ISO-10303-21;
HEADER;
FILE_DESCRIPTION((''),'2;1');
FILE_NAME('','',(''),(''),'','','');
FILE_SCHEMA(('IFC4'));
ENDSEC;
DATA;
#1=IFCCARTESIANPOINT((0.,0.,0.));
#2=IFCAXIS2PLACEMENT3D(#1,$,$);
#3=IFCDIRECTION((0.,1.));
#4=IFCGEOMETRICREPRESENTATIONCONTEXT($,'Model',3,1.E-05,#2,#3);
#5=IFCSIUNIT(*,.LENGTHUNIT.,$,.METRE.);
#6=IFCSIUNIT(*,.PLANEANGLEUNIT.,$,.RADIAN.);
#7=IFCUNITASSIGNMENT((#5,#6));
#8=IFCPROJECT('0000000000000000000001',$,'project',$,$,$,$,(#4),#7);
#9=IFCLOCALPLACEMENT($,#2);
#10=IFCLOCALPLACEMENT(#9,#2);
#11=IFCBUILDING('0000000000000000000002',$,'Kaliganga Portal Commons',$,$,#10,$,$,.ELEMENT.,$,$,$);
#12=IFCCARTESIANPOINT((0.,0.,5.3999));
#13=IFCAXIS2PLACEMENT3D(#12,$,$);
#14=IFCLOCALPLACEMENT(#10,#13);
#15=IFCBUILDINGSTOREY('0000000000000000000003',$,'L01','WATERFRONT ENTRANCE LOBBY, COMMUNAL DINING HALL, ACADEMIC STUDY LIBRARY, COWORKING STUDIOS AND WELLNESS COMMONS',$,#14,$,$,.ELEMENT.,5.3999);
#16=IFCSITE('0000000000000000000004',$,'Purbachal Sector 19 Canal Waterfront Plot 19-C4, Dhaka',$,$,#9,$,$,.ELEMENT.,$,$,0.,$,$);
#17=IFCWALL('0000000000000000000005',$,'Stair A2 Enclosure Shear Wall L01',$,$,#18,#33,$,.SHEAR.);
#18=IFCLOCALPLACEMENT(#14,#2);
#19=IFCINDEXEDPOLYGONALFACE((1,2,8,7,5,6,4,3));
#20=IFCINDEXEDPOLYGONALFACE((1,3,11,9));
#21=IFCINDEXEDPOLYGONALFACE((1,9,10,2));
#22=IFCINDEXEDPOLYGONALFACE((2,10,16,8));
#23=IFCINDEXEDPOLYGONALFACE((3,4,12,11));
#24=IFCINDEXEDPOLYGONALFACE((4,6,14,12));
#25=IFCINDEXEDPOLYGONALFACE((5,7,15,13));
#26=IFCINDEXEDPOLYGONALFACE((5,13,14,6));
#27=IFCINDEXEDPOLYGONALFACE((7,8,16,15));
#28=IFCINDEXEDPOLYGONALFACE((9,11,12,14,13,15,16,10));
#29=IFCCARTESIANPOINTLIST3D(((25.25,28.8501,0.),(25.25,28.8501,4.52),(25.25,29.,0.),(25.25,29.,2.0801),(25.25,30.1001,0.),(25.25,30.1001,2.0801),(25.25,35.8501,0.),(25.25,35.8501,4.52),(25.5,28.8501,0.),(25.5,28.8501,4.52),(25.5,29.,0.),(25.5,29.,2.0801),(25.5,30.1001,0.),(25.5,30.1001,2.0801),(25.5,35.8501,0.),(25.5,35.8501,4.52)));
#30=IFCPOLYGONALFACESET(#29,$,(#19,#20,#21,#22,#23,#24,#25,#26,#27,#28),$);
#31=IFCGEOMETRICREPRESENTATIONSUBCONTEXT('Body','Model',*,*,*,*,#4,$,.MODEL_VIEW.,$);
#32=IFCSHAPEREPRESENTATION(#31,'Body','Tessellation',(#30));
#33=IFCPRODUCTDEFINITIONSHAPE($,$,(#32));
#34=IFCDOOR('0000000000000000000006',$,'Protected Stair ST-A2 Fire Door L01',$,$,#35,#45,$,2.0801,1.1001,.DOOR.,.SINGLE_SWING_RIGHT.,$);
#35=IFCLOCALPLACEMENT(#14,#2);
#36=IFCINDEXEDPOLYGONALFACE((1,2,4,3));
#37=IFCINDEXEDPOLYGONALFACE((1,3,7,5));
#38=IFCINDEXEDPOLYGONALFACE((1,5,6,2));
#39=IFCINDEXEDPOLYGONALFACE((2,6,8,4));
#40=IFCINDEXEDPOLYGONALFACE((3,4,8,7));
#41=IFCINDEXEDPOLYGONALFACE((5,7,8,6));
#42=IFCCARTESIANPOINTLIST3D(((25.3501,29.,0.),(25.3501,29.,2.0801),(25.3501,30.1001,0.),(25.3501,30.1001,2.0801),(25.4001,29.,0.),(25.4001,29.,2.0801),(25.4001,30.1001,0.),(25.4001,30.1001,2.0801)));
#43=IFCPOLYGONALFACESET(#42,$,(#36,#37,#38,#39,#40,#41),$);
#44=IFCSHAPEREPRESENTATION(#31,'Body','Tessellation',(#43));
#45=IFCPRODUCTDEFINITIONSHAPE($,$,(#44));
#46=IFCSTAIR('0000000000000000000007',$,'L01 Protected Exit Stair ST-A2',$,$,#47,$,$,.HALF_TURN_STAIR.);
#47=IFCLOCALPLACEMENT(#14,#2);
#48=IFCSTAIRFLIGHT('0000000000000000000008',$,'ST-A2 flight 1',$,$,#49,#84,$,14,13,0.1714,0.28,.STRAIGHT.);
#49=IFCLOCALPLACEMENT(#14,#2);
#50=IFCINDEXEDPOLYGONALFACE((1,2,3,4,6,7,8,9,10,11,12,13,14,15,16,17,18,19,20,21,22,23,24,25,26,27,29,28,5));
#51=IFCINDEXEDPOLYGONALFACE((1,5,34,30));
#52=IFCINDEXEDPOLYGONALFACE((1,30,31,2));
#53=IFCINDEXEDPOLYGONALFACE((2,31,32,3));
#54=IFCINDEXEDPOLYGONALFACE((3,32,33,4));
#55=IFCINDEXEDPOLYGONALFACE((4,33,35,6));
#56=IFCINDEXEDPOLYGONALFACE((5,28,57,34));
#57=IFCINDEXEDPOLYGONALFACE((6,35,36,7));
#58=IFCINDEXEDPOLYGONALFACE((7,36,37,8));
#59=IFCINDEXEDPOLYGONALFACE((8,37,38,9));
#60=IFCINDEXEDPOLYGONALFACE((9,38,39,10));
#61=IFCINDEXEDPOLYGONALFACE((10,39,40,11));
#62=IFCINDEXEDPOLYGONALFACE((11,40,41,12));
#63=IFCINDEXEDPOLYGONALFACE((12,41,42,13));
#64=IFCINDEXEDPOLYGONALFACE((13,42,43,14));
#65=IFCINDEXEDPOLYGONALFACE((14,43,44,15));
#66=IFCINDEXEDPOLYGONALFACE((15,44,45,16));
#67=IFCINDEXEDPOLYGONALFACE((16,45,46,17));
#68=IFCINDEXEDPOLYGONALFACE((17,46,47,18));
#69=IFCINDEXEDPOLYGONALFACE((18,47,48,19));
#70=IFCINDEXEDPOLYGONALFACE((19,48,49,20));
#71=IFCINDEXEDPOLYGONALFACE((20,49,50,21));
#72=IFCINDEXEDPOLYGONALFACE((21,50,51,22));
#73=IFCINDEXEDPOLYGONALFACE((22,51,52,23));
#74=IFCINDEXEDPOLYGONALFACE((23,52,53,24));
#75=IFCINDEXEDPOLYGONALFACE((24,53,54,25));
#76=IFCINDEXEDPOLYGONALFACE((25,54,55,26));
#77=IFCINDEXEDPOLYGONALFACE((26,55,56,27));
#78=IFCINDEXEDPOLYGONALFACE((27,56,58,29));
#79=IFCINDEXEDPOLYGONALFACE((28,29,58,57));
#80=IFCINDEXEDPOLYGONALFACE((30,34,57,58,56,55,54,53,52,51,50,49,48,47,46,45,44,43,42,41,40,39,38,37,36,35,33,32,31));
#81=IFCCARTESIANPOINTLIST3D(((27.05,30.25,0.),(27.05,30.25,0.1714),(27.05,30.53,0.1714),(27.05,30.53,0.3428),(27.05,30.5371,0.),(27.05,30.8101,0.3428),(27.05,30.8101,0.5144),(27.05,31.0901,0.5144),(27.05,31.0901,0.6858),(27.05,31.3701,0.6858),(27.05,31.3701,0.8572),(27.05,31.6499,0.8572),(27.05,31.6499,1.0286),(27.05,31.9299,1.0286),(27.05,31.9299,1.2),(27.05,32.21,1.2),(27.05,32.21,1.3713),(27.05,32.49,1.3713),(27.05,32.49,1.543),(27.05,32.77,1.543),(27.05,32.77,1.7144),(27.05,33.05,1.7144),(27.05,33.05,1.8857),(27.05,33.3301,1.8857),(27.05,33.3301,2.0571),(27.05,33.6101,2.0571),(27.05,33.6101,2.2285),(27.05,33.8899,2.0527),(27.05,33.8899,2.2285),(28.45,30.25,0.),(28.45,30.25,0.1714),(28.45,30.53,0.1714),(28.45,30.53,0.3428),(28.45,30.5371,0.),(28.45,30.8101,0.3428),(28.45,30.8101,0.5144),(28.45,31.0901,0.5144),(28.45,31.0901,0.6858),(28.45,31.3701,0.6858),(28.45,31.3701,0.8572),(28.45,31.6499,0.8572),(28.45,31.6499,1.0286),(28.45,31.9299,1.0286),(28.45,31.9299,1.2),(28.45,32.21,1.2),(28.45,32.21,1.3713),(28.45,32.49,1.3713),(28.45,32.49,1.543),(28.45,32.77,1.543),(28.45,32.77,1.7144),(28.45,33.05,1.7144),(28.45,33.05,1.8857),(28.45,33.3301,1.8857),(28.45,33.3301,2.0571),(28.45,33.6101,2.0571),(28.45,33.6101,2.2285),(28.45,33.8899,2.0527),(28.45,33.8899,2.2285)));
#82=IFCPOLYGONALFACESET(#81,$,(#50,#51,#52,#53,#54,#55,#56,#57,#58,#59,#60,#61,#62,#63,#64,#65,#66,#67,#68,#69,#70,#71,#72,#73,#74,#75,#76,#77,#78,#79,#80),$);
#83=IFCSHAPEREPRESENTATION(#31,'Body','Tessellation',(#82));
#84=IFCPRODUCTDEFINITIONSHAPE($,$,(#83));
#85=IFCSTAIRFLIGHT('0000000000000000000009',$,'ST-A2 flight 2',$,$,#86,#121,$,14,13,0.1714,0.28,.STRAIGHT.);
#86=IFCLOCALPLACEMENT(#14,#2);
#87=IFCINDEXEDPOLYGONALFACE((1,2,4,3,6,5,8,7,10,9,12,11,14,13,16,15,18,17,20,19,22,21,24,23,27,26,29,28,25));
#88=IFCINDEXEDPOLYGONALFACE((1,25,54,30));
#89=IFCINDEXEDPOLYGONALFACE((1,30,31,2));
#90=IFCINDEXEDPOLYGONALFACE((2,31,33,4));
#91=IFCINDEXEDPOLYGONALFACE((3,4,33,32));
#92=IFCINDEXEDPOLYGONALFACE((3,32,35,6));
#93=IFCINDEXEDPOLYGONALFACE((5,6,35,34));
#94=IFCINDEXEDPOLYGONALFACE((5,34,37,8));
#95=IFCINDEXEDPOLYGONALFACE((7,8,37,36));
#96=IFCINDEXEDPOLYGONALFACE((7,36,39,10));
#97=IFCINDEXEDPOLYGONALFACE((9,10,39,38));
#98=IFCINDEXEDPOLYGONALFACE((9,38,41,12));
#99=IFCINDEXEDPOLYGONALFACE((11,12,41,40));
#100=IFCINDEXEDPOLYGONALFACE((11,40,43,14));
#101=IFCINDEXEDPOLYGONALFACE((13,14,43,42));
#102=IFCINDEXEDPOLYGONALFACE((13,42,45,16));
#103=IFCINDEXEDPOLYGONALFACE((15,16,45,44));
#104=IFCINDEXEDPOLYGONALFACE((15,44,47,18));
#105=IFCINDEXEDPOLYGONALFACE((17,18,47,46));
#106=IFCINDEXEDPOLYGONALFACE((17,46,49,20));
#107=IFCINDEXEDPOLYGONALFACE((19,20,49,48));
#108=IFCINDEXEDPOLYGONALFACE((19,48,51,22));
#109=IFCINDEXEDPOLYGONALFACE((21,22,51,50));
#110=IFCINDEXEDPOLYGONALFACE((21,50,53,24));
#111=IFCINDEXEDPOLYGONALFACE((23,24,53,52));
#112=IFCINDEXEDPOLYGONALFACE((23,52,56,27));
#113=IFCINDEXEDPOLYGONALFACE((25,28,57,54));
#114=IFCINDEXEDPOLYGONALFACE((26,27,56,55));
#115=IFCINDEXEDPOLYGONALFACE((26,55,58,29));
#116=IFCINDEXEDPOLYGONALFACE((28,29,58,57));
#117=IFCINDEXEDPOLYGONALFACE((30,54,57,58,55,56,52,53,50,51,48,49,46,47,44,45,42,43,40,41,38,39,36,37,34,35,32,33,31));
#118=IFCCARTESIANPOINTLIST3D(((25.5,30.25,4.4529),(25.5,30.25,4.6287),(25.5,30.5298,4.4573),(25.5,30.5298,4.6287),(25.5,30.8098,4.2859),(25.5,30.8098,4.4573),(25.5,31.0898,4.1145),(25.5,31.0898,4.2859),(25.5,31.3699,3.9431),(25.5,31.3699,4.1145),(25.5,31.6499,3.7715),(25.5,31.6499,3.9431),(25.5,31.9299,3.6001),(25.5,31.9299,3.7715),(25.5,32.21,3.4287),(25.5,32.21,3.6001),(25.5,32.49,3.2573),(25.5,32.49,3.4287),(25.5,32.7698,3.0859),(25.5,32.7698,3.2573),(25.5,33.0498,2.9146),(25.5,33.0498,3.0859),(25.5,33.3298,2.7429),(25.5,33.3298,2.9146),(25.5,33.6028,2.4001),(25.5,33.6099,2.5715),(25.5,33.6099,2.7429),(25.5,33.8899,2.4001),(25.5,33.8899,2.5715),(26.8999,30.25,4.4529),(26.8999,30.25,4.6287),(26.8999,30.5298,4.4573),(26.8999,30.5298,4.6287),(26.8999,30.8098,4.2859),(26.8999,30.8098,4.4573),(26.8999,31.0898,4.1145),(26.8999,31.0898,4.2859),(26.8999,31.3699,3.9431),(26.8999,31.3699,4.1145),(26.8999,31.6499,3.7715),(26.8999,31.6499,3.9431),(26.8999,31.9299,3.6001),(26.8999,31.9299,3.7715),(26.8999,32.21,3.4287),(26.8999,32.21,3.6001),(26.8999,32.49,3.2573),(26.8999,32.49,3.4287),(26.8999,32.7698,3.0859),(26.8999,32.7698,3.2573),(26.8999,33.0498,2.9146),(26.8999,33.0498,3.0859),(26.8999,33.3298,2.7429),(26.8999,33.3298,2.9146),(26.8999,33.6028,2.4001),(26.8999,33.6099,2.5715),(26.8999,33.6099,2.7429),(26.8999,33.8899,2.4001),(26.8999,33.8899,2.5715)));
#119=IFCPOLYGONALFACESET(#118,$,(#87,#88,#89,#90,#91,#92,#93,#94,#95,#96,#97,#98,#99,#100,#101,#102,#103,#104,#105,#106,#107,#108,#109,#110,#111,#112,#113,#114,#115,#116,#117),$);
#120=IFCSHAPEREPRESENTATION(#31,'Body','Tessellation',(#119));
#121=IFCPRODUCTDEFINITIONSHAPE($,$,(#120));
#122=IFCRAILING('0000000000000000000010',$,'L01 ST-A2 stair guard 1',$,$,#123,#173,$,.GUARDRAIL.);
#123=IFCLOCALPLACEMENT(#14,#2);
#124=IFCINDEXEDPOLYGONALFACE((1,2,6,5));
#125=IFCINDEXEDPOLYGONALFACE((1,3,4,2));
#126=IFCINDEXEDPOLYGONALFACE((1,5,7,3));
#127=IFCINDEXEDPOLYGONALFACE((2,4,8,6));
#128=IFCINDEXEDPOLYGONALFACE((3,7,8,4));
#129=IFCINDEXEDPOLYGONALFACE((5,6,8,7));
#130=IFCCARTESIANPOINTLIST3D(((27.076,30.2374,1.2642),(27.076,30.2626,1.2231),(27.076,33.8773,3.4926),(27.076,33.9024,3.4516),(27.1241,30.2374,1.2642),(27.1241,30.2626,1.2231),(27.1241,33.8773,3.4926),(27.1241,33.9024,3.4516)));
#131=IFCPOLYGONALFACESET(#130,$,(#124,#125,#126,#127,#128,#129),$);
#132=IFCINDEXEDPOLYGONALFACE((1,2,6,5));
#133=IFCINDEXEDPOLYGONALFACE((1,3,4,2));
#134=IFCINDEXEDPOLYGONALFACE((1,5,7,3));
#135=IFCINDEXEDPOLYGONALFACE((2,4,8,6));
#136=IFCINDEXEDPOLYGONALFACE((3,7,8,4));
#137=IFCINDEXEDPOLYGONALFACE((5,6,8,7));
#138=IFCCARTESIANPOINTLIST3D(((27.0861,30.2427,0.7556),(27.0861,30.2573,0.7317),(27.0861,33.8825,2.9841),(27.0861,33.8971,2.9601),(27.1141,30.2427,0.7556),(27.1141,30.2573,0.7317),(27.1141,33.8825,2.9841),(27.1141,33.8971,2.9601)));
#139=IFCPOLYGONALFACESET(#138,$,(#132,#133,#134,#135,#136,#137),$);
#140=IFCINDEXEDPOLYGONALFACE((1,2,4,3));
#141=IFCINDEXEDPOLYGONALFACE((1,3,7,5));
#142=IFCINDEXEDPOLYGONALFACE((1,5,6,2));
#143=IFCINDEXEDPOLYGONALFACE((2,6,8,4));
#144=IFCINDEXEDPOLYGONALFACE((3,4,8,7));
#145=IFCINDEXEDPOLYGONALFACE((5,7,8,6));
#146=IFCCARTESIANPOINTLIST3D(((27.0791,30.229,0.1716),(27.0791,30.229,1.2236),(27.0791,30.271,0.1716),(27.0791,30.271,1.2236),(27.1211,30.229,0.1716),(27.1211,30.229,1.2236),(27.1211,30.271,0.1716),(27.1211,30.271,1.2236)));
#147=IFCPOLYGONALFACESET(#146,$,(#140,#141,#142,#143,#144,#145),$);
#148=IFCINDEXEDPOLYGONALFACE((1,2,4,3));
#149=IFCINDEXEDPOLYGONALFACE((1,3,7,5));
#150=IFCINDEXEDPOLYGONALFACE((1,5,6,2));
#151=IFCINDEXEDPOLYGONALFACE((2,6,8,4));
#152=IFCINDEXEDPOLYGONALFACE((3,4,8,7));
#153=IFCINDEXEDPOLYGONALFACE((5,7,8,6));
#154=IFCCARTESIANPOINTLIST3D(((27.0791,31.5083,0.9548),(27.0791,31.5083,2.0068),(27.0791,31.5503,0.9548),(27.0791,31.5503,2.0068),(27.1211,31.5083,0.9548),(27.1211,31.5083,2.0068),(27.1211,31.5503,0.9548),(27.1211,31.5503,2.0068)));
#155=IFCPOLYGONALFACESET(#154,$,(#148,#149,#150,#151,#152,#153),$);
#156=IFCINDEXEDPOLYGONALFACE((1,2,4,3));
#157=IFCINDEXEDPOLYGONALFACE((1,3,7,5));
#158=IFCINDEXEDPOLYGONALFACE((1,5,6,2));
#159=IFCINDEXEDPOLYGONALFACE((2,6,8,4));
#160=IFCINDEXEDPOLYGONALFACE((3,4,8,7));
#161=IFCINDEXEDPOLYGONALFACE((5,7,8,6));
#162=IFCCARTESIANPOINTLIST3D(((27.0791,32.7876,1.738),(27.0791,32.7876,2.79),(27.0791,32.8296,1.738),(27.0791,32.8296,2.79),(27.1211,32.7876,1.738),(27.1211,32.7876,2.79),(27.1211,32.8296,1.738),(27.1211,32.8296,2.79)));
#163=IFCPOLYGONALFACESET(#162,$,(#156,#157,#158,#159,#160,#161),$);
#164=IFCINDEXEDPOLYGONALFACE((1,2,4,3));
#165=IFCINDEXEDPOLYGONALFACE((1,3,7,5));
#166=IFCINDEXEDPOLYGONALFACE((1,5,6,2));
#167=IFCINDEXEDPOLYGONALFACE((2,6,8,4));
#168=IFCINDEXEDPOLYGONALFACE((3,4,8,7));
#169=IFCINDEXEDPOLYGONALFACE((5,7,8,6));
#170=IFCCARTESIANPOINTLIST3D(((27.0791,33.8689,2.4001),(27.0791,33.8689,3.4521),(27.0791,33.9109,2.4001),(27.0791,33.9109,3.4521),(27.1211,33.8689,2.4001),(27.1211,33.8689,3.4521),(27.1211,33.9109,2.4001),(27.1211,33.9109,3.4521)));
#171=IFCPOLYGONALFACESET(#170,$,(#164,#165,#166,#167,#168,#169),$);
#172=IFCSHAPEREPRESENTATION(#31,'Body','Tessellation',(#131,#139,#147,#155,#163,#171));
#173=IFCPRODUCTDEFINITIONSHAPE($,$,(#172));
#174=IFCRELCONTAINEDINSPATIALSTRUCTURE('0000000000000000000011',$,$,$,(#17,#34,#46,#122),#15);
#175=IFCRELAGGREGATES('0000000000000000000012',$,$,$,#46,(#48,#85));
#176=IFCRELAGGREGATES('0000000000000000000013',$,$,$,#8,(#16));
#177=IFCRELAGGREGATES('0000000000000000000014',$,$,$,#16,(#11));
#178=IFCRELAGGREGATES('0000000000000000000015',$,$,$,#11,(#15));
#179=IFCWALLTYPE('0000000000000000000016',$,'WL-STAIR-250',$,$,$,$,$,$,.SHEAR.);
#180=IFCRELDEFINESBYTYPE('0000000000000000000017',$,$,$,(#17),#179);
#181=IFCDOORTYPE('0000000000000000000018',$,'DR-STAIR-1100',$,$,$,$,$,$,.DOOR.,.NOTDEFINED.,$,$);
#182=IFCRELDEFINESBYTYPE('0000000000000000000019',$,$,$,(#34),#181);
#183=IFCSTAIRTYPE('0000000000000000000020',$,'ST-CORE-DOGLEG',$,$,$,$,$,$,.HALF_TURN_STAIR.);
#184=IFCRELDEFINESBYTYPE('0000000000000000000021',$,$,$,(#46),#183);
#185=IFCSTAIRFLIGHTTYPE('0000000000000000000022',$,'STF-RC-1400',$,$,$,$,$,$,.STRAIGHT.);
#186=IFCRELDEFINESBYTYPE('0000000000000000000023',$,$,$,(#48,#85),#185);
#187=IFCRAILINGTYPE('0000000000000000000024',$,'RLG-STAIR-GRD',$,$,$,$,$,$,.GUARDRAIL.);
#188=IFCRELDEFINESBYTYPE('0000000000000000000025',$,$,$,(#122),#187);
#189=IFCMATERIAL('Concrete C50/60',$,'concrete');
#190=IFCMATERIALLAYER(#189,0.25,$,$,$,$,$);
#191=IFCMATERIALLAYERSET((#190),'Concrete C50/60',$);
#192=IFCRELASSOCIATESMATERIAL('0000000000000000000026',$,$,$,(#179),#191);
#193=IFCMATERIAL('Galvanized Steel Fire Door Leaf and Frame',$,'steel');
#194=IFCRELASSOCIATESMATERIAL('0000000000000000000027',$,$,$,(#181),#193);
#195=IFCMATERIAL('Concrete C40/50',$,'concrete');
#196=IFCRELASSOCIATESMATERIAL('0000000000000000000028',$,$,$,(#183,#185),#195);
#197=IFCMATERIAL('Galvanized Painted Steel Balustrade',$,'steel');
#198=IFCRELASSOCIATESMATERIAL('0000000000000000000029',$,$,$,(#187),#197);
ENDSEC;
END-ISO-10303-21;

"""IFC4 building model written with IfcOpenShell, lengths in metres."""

from ifc_helpers import new_model, si_unit, direction, frame, frame_2d, origin, origin_2d, place, context, subcontext, project, spatial, polyline, rectangle, outline, extrude, material, layer, layer_set, type_object, element, fill, aggregate, save


model = new_model("IFC4")

# Units and contexts
model_context = context("Model", 3, precision=1e-05, world=origin(), true_north=direction((0.0, 1.0)))
body_context = subcontext(model_context, "Body", "Model", "MODEL_VIEW")
ifc_project = project(units=[si_unit("LENGTHUNIT", "METRE"), si_unit("PLANEANGLEUNIT", "RADIAN")], contexts=[model_context])

# Site, building, storey
site_placement = place(None, origin())
site = spatial("IfcSite", under=ifc_project, at=site_placement, Name="Purbachal Sector 19 Canal Waterfront Plot 19-C4, Dhaka", CompositionType="ELEMENT", RefElevation=0.0)
building_placement = place(site_placement, origin())
building = spatial("IfcBuilding", under=site, at=building_placement, Name="Kaliganga Portal Commons", CompositionType="ELEMENT")
storey_placement = place(building_placement, frame((0.0, 0.0, 5.3999)))
storey = spatial("IfcBuildingStorey", under=building, at=storey_placement, Name="L01", Description="WATERFRONT ENTRANCE LOBBY, COMMUNAL DINING HALL, ACADEMIC STUDY LIBRARY, COWORKING STUDIOS AND WELLNESS COMMONS", CompositionType="ELEMENT", Elevation=5.3999)

# Wall, opening, door
ifc_material_1 = material(Name="Concrete C50/60", Category="concrete")
ifc_layer_1 = layer(ifc_material_1, 0.25)
ifc_layer_set_1 = layer_set([ifc_layer_1], Name="Concrete C50/60")
wall_type_1 = type_object("IfcWallType", Name="WL-STAIR-250", PredefinedType="SHEAR", material=ifc_layer_set_1)
wall_1_placement = place(storey_placement, frame((25.375, 28.8501, 0.0), z_axis=(0.0, 0.0, 1.0), x_axis=(0.0, 1.0, 0.0)))
wall_1 = element("IfcWall", 1, at=wall_1_placement, inside=storey, type_object=wall_type_1, Name="Stair A2 Enclosure Shear Wall L01", PredefinedType="SHEAR", context=body_context, shape_type="SweptSolid", body=[
    extrude(rectangle(XDim=7.0, YDim=0.25, at=frame_2d((3.5, 0.0))), origin(), (0.0, 0.0, 1.0), 4.52),
])
opening_1_placement = place(wall_1_placement, frame((0.1499, 0.0, 0.0)))
opening_1 = element("IfcOpeningElement", 2, at=opening_1_placement, cuts=wall_1, PredefinedType="OPENING", context=body_context, shape_type="SweptSolid", body=[
    extrude(rectangle(XDim=1.1001, YDim=2.0801, at=frame_2d((0.55, 1.04))), frame((0.0, 0.135, 0.0), z_axis=(0.0, -1.0, 0.0), x_axis=(1.0, 0.0, 0.0)), (0.0, 0.0, 1.0), 0.27),
])
ifc_material_2 = material(Name="Galvanized Steel Fire Door Leaf and Frame", Category="steel")
door_type_1 = type_object("IfcDoorType", Name="DR-STAIR-1100", OperationType="NOTDEFINED", PredefinedType="DOOR", material=ifc_material_2)
door_1_placement = place(opening_1_placement, origin())
door_1 = element("IfcDoor", 3, at=door_1_placement, inside=storey, type_object=door_type_1, Name="Protected Stair ST-A2 Fire Door L01", OperationType="SINGLE_SWING_RIGHT", OverallHeight=2.0801, OverallWidth=1.1001, PredefinedType="DOOR", context=body_context, shape_type="SweptSolid", body=[
    extrude(rectangle(XDim=1.1001, YDim=2.0801, at=frame_2d((0.55, 1.04))), frame((0.0, 0.0249, 0.0), z_axis=(0.0, -1.0, 0.0), x_axis=(1.0, 0.0, 0.0)), (0.0, 0.0, 1.0), 0.05),
])
fill(opening_1, door_1)

# Stair, stair flights
ifc_material_3 = material(Name="Concrete C40/50", Category="concrete")
stair_type = type_object("IfcStairType", Name="ST-CORE-DOGLEG", PredefinedType="HALF_TURN_STAIR", material=ifc_material_3)
stair_placement = place(storey_placement, origin())
stair = element("IfcStair", 4, at=stair_placement, inside=storey, type_object=stair_type, Name="L01 Protected Exit Stair ST-A2", PredefinedType="HALF_TURN_STAIR")
stair_flight_type = type_object("IfcStairFlightType", Name="STF-RC-1400", PredefinedType="STRAIGHT", material=ifc_material_3)
stair_flight_1_placement = place(storey_placement, frame((27.75, 30.25, 0.0), z_axis=(0.0, 0.0, 1.0), x_axis=(0.0, 1.0, 0.0)))
stair_flight_1 = element("IfcStairFlight", 5, at=stair_flight_1_placement, type_object=stair_flight_type, Name="ST-A2 flight 1", NumberOfRisers=14, NumberOfTreads=13, PredefinedType="STRAIGHT", RiserHeight=0.1714, TreadLength=0.28, context=body_context, shape_type="SweptSolid", body=[
    extrude(outline(polyline([(0.0, 0.0), (0.0, 0.1714), (0.28, 0.1714), (0.28, 0.3428), (0.5601, 0.3428), (0.5601, 0.5144), (0.8401, 0.5144), (0.8401, 0.6858), (1.1201, 0.6858), (1.1201, 0.8572), (1.3999, 0.8572), (1.3999, 1.0286), (1.6799, 1.0286), (1.6799, 1.2), (1.96, 1.2), (1.96, 1.3713), (2.24, 1.3713), (2.24, 1.543), (2.52, 1.543), (2.52, 1.7144), (2.8, 1.7144), (2.8, 1.8857), (3.0801, 1.8857), (3.0801, 2.0571), (3.3601, 2.0571), (3.3601, 2.2285), (3.6399, 2.2285), (3.6399, 2.3999), (3.6399, 2.0527), (0.2871, 0.0), (0.0, 0.0)])), frame((0.0, 0.7, 0.0), z_axis=(0.0, -1.0, 0.0), x_axis=(1.0, 0.0, 0.0)), (0.0, 0.0, 1.0), 1.3999),
])
stair_flight_2_placement = place(storey_placement, frame((26.2, 33.8899, 2.4001), z_axis=(0.0, 0.0, 1.0), x_axis=(0.0, -1.0, 0.0)))
stair_flight_2 = element("IfcStairFlight", 6, at=stair_flight_2_placement, type_object=stair_flight_type, Name="ST-A2 flight 2", NumberOfRisers=14, NumberOfTreads=13, PredefinedType="STRAIGHT", RiserHeight=0.1714, TreadLength=0.28, context=body_context, shape_type="SweptSolid", body=[
    extrude(outline(polyline([(0.0, 0.0), (0.0, 0.1714), (0.28, 0.1714), (0.28, 0.3428), (0.5601, 0.3428), (0.5601, 0.5144), (0.8401, 0.5144), (0.8401, 0.6858), (1.1201, 0.6858), (1.1201, 0.8572), (1.3999, 0.8572), (1.3999, 1.0286), (1.6799, 1.0286), (1.6799, 1.2), (1.96, 1.2), (1.96, 1.3713), (2.24, 1.3713), (2.24, 1.543), (2.52, 1.543), (2.52, 1.7144), (2.8, 1.7144), (2.8, 1.8857), (3.0801, 1.8857), (3.0801, 2.0571), (3.3601, 2.0571), (3.3601, 2.2285), (3.6399, 2.2285), (3.6399, 2.3999), (3.6399, 2.0527), (0.2871, 0.0), (0.0, 0.0)])), frame((0.0, 0.7, 0.0), z_axis=(0.0, -1.0, 0.0), x_axis=(1.0, 0.0, 0.0)), (0.0, 0.0, 1.0), 1.3999),
])
aggregate(stair, [stair_flight_1, stair_flight_2])

# Railing
ifc_material_4 = material(Name="Galvanized Painted Steel Balustrade", Category="steel")
railing_type_1 = type_object("IfcRailingType", Name="RLG-STAIR-GRD", PredefinedType="GUARDRAIL", material=ifc_material_4)
railing_1_placement = place(storey_placement, frame((27.1001, 30.25, 0.1716)))
element("IfcRailing", 7, at=railing_1_placement, inside=storey, type_object=railing_type_1, Name="L01 ST-A2 stair guard 1", PredefinedType="GUARDRAIL", context=body_context, shape_type="SweptSolid", body=[
    extrude(rectangle(XDim=0.0481, YDim=0.0481, at=origin_2d()), frame((0.0, 0.0, 1.072), z_axis=(0.0, 0.85285, 0.522156), x_axis=(-1.0, 0.0, 0.0)), (0.0, 0.0, 1.0), 4.2678),
    extrude(rectangle(XDim=0.0281, YDim=0.0281, at=origin_2d()), frame((0.0, 0.0, 0.572), z_axis=(0.0, 0.85285, 0.522156), x_axis=(-1.0, 0.0, 0.0)), (0.0, 0.0, 1.0), 4.2678),
    extrude(rectangle(XDim=0.042, YDim=0.042, at=origin_2d()), origin(), (0.0, 0.0, 1.0), 1.052),
    extrude(rectangle(XDim=0.042, YDim=0.042, at=origin_2d()), frame((0.0, 1.2793, 0.7832)), (0.0, 0.0, 1.0), 1.052),
    extrude(rectangle(XDim=0.042, YDim=0.042, at=origin_2d()), frame((0.0, 2.5586, 1.5664)), (0.0, 0.0, 1.0), 1.052),
    extrude(rectangle(XDim=0.042, YDim=0.042, at=origin_2d()), frame((0.0, 3.6399, 2.2285)), (0.0, 0.0, 1.0), 1.052),
])

save(model, "model.ifc")
